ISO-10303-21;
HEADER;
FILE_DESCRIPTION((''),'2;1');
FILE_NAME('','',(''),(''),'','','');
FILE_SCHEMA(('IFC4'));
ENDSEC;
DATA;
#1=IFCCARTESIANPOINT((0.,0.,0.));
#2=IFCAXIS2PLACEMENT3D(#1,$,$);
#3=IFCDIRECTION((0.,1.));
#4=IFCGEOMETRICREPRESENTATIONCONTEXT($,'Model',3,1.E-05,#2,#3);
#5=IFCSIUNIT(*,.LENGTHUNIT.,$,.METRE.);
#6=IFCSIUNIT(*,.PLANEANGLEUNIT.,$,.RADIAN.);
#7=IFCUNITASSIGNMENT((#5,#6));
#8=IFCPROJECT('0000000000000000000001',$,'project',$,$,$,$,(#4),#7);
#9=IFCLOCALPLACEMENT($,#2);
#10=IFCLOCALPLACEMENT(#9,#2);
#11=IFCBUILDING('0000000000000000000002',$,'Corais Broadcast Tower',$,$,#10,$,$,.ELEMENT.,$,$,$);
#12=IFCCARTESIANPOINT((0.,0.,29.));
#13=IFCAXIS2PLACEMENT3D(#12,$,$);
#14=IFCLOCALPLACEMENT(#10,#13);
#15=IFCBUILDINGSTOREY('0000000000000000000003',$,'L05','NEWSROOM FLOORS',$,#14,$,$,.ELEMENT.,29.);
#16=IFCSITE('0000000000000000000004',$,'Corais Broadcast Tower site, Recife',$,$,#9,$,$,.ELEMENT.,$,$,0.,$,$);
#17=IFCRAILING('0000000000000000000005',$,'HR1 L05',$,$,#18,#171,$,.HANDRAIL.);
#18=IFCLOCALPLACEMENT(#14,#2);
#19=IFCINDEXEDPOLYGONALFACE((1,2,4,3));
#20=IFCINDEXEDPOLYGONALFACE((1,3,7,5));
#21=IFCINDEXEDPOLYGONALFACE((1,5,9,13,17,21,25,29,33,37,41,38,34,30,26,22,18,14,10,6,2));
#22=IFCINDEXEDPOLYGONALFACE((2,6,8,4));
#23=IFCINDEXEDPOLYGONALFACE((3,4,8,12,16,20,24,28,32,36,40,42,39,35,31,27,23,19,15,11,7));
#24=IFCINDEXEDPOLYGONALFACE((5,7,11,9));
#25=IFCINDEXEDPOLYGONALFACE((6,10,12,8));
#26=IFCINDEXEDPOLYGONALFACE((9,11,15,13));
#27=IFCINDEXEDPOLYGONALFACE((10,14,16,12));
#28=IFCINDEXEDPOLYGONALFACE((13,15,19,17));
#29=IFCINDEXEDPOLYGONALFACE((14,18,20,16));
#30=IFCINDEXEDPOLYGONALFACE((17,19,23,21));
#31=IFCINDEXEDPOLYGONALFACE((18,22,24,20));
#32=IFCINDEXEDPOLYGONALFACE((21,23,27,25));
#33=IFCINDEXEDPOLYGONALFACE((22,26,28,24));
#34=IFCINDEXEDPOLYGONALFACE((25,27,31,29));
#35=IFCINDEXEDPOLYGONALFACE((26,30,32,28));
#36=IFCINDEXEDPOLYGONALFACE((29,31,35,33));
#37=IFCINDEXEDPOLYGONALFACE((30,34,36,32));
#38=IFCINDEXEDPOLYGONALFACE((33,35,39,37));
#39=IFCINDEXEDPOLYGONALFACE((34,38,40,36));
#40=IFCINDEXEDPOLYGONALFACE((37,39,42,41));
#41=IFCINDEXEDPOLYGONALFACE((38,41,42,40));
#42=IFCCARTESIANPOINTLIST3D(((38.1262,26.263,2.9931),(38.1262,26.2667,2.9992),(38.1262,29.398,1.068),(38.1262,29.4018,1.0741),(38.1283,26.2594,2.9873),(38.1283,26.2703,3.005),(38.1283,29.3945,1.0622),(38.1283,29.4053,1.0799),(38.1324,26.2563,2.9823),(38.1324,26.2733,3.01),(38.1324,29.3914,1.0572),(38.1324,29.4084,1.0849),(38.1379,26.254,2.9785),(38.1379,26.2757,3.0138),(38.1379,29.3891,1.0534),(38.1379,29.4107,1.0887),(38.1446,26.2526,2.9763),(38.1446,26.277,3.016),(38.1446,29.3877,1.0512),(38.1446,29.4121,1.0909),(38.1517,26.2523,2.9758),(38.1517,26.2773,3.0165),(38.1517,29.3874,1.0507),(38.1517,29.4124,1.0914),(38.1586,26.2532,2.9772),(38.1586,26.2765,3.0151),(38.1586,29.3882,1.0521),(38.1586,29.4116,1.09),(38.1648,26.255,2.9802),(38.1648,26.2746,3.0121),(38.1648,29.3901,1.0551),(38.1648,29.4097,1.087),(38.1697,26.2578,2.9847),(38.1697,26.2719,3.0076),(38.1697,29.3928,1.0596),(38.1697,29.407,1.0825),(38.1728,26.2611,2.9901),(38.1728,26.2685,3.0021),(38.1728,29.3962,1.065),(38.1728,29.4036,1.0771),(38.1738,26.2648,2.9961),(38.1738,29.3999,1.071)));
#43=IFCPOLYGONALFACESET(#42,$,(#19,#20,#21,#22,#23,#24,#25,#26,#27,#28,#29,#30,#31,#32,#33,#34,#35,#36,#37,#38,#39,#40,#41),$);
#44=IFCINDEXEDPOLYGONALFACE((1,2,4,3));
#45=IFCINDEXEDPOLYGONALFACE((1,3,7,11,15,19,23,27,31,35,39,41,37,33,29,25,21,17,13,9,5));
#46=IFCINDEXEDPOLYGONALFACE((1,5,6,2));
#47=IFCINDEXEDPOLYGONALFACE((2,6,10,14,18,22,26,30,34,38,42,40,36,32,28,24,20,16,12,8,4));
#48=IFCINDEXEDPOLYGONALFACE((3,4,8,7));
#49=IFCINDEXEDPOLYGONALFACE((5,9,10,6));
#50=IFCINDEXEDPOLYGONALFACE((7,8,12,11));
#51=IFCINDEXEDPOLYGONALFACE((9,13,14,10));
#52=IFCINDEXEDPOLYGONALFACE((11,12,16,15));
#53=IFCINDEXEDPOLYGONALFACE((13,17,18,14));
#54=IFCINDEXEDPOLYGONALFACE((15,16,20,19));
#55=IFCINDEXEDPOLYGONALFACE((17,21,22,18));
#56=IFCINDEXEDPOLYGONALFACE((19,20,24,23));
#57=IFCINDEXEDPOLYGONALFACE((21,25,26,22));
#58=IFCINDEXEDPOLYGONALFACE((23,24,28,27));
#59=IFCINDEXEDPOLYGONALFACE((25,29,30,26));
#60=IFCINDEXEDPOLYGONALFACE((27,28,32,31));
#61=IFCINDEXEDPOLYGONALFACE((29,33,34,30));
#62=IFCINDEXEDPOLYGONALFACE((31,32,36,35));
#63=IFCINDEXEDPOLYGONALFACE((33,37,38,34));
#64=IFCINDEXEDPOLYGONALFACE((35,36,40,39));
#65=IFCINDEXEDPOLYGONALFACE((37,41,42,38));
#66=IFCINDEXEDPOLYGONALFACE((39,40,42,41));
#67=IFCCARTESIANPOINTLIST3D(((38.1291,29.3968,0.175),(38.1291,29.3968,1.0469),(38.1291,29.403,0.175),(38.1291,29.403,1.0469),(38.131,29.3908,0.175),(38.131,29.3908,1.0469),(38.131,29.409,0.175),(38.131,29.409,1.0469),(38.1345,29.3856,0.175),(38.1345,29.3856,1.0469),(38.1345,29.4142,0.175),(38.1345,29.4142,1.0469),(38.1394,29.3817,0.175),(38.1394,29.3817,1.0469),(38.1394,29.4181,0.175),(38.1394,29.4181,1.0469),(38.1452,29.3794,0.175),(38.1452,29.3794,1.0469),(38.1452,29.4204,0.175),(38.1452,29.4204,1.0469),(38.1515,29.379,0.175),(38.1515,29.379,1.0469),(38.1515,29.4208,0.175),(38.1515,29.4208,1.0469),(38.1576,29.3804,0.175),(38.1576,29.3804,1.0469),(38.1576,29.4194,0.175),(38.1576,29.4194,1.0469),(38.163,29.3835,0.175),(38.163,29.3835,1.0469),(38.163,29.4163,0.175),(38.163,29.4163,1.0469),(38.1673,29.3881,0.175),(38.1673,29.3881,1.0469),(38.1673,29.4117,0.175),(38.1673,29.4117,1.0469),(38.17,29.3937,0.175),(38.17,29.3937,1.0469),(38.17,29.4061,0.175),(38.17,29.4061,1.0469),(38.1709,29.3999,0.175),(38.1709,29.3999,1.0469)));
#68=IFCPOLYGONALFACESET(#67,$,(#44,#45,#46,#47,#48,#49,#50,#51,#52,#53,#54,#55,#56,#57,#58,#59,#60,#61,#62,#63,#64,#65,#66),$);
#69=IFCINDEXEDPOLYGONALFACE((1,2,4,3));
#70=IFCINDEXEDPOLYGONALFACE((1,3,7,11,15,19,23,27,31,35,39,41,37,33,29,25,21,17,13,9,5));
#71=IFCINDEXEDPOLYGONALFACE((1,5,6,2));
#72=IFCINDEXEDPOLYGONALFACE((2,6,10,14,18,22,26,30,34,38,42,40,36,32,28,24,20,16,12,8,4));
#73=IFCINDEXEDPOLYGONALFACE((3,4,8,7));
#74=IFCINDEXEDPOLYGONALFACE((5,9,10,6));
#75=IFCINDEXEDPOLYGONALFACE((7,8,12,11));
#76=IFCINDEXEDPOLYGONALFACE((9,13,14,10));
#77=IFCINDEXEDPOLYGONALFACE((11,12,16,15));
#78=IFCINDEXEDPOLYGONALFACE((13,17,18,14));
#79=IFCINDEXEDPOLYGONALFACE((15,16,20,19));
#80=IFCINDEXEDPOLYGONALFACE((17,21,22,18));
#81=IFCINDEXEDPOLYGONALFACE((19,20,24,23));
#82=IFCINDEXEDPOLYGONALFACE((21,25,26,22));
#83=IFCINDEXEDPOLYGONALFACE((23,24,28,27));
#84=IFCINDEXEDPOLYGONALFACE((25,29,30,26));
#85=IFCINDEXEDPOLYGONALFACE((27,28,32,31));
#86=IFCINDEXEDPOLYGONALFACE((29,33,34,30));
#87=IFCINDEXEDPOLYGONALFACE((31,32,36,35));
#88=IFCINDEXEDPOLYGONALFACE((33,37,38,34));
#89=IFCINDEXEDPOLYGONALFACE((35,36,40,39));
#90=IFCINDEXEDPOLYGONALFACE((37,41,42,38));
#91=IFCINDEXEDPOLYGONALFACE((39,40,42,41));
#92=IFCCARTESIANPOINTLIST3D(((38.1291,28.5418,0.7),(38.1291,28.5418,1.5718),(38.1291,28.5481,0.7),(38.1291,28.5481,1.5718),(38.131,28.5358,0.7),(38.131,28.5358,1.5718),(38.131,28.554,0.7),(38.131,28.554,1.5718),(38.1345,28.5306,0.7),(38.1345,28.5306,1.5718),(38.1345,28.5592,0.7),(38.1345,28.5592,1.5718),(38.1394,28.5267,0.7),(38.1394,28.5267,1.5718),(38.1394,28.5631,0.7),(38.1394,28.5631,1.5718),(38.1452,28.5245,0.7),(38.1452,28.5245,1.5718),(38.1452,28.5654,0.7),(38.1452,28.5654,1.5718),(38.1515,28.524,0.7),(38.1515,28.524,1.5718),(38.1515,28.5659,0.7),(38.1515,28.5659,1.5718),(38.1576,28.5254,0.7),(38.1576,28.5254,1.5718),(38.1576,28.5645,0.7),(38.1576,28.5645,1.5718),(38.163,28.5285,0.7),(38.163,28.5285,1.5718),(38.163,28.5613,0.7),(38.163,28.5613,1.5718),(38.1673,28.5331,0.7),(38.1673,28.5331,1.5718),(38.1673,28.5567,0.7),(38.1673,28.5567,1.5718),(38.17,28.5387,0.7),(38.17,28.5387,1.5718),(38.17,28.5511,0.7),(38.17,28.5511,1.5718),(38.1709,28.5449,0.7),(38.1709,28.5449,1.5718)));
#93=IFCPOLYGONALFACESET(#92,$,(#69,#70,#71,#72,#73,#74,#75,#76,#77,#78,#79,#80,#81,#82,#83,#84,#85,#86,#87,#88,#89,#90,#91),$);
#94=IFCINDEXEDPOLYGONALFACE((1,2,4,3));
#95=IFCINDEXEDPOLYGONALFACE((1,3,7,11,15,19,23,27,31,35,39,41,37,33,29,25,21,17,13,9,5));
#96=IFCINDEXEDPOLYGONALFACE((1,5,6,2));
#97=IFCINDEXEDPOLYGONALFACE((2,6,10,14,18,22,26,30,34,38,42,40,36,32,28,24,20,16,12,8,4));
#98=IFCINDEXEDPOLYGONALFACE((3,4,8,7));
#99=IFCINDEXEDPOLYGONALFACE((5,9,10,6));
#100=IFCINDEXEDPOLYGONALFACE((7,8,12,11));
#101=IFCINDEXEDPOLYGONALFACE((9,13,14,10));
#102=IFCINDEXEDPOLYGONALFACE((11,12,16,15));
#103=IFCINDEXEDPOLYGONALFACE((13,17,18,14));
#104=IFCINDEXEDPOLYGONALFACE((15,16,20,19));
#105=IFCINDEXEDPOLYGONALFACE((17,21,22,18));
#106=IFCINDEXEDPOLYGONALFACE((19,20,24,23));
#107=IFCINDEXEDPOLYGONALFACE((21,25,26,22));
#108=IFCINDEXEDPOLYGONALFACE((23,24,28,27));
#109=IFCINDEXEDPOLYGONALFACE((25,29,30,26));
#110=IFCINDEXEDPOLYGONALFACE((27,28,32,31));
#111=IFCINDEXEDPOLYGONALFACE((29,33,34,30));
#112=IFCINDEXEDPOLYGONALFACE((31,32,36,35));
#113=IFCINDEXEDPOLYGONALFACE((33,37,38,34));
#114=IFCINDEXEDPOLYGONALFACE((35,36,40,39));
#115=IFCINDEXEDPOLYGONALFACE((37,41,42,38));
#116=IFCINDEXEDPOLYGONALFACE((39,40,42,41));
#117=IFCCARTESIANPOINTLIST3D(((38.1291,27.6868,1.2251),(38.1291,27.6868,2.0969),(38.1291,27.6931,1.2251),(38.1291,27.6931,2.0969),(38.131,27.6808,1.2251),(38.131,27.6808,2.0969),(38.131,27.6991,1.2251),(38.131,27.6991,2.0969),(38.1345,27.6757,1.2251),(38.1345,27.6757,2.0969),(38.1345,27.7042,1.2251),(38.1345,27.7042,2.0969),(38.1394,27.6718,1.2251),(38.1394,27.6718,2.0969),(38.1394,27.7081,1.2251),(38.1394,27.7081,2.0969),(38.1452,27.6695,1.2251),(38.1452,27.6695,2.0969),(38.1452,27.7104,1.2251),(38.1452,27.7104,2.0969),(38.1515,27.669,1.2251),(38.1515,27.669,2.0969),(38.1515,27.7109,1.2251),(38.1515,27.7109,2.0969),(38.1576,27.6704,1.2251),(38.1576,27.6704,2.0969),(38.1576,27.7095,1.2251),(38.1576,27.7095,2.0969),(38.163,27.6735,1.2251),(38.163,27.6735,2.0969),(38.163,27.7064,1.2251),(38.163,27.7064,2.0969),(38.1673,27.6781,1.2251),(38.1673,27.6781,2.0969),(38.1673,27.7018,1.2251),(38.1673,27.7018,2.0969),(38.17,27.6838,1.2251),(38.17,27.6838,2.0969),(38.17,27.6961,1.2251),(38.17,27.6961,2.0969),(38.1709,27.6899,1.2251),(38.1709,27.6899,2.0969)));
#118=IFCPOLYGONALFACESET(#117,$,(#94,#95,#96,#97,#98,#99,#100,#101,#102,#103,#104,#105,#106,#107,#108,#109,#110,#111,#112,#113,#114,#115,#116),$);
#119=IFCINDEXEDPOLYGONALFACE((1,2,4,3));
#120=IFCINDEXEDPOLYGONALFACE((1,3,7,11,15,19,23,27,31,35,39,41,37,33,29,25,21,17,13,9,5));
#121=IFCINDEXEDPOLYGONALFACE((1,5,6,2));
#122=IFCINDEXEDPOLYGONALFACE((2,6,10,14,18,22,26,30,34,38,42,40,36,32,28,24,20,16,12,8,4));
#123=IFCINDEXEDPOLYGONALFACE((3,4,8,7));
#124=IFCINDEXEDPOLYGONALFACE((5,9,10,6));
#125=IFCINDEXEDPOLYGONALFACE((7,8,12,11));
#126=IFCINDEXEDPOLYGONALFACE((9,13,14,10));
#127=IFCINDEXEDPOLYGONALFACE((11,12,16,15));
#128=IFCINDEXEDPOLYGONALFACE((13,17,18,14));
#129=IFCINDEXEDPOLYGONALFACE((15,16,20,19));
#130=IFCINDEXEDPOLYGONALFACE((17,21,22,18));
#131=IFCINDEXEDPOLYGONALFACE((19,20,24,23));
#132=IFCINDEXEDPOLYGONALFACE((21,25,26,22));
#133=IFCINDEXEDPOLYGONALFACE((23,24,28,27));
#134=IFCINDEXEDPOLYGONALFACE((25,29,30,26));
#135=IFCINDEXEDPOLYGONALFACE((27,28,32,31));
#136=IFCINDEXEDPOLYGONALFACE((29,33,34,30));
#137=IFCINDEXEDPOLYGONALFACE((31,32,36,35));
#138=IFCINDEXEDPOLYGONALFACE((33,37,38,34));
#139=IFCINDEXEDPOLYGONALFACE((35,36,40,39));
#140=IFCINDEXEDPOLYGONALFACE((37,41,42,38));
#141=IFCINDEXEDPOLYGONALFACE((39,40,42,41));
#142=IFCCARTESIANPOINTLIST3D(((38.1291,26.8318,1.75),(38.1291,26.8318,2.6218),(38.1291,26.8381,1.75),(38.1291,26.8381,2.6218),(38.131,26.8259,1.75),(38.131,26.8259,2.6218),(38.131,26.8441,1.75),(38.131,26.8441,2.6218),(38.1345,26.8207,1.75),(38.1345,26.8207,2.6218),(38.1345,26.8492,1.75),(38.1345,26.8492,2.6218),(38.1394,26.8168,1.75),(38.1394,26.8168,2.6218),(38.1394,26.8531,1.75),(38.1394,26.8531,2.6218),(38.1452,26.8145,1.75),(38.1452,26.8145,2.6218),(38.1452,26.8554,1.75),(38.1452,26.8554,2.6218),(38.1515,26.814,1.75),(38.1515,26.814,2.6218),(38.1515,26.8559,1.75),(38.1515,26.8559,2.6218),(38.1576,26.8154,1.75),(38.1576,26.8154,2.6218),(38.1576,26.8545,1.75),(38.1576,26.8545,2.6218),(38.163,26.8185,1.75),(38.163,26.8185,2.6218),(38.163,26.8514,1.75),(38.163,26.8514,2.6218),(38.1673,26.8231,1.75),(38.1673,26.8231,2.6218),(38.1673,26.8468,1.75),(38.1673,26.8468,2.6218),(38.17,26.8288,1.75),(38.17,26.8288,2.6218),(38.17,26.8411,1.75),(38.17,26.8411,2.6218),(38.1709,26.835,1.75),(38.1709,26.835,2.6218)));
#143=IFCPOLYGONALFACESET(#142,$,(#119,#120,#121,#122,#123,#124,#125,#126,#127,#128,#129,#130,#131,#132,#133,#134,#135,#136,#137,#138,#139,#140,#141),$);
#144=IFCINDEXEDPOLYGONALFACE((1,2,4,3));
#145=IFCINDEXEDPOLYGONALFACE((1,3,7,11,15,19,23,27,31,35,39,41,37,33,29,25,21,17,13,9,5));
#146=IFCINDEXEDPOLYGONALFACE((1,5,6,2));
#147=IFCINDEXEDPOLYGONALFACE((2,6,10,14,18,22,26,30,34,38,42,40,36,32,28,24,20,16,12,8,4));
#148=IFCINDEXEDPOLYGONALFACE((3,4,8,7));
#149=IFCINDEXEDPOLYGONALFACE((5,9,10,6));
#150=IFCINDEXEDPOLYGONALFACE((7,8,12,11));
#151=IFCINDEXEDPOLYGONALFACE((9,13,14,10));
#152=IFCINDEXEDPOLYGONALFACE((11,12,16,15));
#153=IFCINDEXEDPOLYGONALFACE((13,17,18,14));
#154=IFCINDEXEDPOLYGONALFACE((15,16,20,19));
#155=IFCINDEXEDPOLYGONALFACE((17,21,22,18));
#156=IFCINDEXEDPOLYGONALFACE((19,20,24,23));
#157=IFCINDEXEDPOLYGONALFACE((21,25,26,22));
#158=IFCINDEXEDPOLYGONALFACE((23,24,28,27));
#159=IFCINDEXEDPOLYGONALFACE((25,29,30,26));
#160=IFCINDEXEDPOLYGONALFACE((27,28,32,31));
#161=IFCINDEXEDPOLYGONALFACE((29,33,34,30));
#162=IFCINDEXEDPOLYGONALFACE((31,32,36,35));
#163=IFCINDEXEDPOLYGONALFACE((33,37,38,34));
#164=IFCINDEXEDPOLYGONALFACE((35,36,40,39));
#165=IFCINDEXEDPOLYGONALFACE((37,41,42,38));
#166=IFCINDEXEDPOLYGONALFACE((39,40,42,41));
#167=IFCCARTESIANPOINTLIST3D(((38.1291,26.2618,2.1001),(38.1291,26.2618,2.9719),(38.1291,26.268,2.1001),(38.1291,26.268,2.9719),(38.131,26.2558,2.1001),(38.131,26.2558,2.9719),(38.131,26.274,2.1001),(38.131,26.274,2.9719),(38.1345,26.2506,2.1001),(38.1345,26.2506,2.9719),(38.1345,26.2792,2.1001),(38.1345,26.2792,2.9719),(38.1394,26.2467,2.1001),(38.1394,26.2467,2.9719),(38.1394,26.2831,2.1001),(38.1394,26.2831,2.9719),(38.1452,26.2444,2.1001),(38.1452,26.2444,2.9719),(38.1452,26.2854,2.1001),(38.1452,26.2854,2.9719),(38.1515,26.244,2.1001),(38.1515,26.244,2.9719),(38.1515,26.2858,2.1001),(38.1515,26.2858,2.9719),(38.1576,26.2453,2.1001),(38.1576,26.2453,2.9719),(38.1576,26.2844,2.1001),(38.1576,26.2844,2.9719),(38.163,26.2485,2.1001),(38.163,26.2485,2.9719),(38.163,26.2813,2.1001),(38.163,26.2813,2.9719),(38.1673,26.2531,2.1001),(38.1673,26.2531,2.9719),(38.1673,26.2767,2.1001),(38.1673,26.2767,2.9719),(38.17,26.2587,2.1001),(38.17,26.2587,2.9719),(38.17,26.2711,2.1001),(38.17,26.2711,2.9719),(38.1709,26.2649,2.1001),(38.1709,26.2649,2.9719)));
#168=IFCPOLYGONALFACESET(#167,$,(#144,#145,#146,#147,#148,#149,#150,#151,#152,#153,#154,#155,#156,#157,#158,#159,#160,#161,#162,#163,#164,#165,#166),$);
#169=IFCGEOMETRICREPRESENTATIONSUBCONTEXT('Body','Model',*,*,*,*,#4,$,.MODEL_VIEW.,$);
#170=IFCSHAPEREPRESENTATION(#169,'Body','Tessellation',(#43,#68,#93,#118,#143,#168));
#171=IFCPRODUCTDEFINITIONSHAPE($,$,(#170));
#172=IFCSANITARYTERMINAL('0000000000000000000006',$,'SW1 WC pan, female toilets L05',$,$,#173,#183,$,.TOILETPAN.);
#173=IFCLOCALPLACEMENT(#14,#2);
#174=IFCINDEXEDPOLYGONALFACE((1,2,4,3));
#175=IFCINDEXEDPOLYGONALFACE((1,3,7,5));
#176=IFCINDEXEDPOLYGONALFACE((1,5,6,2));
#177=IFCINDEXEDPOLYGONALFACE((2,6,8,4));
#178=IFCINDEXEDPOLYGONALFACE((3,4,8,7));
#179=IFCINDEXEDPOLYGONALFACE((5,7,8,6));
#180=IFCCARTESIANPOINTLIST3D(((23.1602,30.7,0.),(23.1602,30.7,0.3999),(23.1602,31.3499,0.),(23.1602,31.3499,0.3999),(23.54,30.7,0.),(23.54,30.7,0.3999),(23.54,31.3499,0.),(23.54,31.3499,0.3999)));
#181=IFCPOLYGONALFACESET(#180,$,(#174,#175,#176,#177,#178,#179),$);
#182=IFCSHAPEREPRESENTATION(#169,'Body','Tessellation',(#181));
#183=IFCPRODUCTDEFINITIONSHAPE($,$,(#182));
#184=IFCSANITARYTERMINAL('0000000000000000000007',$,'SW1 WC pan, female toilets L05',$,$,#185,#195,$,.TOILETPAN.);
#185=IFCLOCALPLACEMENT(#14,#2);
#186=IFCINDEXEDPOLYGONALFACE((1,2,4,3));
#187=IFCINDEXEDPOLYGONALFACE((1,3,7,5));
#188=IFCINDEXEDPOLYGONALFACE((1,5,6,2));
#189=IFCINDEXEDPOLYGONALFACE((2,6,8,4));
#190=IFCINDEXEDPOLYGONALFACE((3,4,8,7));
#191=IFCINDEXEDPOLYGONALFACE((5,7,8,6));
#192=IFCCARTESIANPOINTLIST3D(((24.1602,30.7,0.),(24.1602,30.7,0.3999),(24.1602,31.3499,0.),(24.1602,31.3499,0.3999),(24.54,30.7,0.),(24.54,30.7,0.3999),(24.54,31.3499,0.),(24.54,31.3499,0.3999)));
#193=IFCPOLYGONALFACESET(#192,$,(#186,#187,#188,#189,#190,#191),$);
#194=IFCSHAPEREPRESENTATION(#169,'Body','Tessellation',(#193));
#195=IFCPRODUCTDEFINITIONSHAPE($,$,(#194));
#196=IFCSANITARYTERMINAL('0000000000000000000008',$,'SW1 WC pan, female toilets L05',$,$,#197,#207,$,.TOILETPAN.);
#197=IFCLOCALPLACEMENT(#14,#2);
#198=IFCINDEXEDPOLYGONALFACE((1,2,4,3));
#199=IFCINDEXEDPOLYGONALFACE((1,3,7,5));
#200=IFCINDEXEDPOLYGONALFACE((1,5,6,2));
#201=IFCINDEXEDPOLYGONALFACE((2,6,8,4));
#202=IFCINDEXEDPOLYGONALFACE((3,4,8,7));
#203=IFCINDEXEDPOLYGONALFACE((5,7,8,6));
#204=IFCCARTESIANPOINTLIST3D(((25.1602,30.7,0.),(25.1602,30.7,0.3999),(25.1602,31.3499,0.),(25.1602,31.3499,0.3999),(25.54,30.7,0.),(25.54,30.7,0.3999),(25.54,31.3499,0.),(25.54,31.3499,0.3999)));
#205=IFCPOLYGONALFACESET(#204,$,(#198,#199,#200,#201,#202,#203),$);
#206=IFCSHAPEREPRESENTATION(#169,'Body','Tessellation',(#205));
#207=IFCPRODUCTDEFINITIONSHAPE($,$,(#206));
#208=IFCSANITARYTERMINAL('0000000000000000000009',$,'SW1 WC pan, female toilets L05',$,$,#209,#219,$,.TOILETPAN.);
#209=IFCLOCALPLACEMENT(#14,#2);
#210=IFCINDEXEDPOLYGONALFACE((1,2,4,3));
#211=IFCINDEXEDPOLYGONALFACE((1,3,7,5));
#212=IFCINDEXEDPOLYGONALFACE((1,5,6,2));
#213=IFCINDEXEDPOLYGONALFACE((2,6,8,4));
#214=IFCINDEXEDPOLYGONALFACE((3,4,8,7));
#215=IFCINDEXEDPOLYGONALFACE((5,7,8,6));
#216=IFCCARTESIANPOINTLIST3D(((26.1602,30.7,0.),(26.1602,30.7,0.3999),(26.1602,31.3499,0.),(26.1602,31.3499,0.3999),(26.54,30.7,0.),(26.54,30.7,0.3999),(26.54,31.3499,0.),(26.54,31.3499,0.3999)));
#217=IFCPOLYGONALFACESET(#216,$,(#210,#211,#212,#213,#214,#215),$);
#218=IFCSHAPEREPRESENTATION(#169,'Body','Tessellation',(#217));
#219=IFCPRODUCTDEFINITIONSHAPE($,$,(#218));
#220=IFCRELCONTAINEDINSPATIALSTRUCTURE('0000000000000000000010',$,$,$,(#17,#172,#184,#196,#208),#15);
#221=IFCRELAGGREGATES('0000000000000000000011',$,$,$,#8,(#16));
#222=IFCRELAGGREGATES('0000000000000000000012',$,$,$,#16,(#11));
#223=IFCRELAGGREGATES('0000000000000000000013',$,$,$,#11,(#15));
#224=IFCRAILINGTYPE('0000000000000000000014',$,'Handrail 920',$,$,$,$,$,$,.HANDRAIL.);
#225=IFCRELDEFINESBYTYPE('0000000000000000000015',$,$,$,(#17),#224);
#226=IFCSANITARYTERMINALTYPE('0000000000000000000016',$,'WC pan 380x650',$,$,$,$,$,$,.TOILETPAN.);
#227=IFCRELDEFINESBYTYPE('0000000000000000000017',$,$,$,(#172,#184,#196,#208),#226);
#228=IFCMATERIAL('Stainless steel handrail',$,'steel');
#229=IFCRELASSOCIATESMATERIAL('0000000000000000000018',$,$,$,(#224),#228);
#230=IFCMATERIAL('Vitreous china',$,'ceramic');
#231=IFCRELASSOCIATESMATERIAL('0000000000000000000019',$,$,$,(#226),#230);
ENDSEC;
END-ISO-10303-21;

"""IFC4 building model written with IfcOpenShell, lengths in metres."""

from ifc_helpers import new_model, si_unit, direction, frame, origin, origin_2d, place, context, subcontext, project, spatial, rectangle, circle, extrude, material, type_object, element, save


model = new_model("IFC4")

# Units and contexts
model_context = context("Model", 3, precision=1e-05, world=origin(), true_north=direction((0.0, 1.0)))
body_context = subcontext(model_context, "Body", "Model", "MODEL_VIEW")
ifc_project = project(units=[si_unit("LENGTHUNIT", "METRE"), si_unit("PLANEANGLEUNIT", "RADIAN")], contexts=[model_context])

# Site, building, storey
site_placement = place(None, origin())
site = spatial("IfcSite", under=ifc_project, at=site_placement, Name="Corais Broadcast Tower site, Recife", CompositionType="ELEMENT", RefElevation=0.0)
building_placement = place(site_placement, origin())
building = spatial("IfcBuilding", under=site, at=building_placement, Name="Corais Broadcast Tower", CompositionType="ELEMENT")
storey_placement = place(building_placement, frame((0.0, 0.0, 29.0)))
storey = spatial("IfcBuildingStorey", under=building, at=storey_placement, Name="L05", Description="NEWSROOM FLOORS", CompositionType="ELEMENT", Elevation=29.0)

# Railing
ifc_material_1 = material(Name="Stainless steel handrail", Category="steel")
railing_type = type_object("IfcRailingType", Name="Handrail 920", PredefinedType="HANDRAIL", material=ifc_material_1)
for number, where, name in (
    (1, (38.1499, 29.3999, 0.175), "HR1 L05"),
):
    element("IfcRailing", number, at=place(storey_placement, frame(where)), inside=storey, type_object=railing_type, Name=name, PredefinedType="HANDRAIL", context=body_context, shape_type="SweptSolid", body=[
        extrude(circle(Radius=0.0239, at=origin_2d()), frame((0.0, 0.0, 0.896), z_axis=(0.0, -0.852166, 0.523271), x_axis=(1.0, 0.0, 0.0)), (0.0, 0.0, 1.0), 3.679),
        extrude(circle(Radius=0.021, at=origin_2d()), origin(), (0.0, 0.0, 1.0), 0.8718),
        extrude(circle(Radius=0.021, at=origin_2d()), frame((0.0, -0.855, 0.5249)), (0.0, 0.0, 1.0), 0.8718),
        extrude(circle(Radius=0.021, at=origin_2d()), frame((0.0, -1.71, 1.05)), (0.0, 0.0, 1.0), 0.8718),
        extrude(circle(Radius=0.021, at=origin_2d()), frame((0.0, -2.5649, 1.575)), (0.0, 0.0, 1.0), 0.8718),
        extrude(circle(Radius=0.021, at=origin_2d()), frame((0.0, -3.135, 1.925)), (0.0, 0.0, 1.0), 0.8718),
    ])

# Sanitary terminals
ifc_material_2 = material(Name="Vitreous china", Category="ceramic")
sanitary_terminal_type = type_object("IfcSanitaryTerminalType", Name="WC pan 380x650", PredefinedType="TOILETPAN", material=ifc_material_2)
for number, where, z_axis, x_axis, name in (
    (2, (23.3501, 31.0249, 0.0), (0.0, 0.0, 1.0), (1.0, 0.0, 0.0), "SW1 WC pan, female toilets L05"),
    (3, (24.3501, 31.0249, 0.0), (0.0, 0.0, 1.0), (1.0, 0.0, 0.0), "SW1 WC pan, female toilets L05"),
    (4, (25.3501, 31.0249, 0.0), (0.0, 0.0, 1.0), (1.0, 0.0, 0.0), "SW1 WC pan, female toilets L05"),
    (5, (26.3501, 31.0249, 0.0), (0.0, 0.0, 1.0), (1.0, 0.0, 0.0), "SW1 WC pan, female toilets L05"),
):
    element("IfcSanitaryTerminal", number, at=place(storey_placement, frame(where, z_axis=z_axis, x_axis=x_axis)), inside=storey, type_object=sanitary_terminal_type, Name=name, PredefinedType="TOILETPAN", context=body_context, shape_type="SweptSolid", body=[
        extrude(rectangle(XDim=0.3799, YDim=0.6499, at=origin_2d()), origin(), (0.0, 0.0, 1.0), 0.3999),
    ])

save(model, "model.ifc")
